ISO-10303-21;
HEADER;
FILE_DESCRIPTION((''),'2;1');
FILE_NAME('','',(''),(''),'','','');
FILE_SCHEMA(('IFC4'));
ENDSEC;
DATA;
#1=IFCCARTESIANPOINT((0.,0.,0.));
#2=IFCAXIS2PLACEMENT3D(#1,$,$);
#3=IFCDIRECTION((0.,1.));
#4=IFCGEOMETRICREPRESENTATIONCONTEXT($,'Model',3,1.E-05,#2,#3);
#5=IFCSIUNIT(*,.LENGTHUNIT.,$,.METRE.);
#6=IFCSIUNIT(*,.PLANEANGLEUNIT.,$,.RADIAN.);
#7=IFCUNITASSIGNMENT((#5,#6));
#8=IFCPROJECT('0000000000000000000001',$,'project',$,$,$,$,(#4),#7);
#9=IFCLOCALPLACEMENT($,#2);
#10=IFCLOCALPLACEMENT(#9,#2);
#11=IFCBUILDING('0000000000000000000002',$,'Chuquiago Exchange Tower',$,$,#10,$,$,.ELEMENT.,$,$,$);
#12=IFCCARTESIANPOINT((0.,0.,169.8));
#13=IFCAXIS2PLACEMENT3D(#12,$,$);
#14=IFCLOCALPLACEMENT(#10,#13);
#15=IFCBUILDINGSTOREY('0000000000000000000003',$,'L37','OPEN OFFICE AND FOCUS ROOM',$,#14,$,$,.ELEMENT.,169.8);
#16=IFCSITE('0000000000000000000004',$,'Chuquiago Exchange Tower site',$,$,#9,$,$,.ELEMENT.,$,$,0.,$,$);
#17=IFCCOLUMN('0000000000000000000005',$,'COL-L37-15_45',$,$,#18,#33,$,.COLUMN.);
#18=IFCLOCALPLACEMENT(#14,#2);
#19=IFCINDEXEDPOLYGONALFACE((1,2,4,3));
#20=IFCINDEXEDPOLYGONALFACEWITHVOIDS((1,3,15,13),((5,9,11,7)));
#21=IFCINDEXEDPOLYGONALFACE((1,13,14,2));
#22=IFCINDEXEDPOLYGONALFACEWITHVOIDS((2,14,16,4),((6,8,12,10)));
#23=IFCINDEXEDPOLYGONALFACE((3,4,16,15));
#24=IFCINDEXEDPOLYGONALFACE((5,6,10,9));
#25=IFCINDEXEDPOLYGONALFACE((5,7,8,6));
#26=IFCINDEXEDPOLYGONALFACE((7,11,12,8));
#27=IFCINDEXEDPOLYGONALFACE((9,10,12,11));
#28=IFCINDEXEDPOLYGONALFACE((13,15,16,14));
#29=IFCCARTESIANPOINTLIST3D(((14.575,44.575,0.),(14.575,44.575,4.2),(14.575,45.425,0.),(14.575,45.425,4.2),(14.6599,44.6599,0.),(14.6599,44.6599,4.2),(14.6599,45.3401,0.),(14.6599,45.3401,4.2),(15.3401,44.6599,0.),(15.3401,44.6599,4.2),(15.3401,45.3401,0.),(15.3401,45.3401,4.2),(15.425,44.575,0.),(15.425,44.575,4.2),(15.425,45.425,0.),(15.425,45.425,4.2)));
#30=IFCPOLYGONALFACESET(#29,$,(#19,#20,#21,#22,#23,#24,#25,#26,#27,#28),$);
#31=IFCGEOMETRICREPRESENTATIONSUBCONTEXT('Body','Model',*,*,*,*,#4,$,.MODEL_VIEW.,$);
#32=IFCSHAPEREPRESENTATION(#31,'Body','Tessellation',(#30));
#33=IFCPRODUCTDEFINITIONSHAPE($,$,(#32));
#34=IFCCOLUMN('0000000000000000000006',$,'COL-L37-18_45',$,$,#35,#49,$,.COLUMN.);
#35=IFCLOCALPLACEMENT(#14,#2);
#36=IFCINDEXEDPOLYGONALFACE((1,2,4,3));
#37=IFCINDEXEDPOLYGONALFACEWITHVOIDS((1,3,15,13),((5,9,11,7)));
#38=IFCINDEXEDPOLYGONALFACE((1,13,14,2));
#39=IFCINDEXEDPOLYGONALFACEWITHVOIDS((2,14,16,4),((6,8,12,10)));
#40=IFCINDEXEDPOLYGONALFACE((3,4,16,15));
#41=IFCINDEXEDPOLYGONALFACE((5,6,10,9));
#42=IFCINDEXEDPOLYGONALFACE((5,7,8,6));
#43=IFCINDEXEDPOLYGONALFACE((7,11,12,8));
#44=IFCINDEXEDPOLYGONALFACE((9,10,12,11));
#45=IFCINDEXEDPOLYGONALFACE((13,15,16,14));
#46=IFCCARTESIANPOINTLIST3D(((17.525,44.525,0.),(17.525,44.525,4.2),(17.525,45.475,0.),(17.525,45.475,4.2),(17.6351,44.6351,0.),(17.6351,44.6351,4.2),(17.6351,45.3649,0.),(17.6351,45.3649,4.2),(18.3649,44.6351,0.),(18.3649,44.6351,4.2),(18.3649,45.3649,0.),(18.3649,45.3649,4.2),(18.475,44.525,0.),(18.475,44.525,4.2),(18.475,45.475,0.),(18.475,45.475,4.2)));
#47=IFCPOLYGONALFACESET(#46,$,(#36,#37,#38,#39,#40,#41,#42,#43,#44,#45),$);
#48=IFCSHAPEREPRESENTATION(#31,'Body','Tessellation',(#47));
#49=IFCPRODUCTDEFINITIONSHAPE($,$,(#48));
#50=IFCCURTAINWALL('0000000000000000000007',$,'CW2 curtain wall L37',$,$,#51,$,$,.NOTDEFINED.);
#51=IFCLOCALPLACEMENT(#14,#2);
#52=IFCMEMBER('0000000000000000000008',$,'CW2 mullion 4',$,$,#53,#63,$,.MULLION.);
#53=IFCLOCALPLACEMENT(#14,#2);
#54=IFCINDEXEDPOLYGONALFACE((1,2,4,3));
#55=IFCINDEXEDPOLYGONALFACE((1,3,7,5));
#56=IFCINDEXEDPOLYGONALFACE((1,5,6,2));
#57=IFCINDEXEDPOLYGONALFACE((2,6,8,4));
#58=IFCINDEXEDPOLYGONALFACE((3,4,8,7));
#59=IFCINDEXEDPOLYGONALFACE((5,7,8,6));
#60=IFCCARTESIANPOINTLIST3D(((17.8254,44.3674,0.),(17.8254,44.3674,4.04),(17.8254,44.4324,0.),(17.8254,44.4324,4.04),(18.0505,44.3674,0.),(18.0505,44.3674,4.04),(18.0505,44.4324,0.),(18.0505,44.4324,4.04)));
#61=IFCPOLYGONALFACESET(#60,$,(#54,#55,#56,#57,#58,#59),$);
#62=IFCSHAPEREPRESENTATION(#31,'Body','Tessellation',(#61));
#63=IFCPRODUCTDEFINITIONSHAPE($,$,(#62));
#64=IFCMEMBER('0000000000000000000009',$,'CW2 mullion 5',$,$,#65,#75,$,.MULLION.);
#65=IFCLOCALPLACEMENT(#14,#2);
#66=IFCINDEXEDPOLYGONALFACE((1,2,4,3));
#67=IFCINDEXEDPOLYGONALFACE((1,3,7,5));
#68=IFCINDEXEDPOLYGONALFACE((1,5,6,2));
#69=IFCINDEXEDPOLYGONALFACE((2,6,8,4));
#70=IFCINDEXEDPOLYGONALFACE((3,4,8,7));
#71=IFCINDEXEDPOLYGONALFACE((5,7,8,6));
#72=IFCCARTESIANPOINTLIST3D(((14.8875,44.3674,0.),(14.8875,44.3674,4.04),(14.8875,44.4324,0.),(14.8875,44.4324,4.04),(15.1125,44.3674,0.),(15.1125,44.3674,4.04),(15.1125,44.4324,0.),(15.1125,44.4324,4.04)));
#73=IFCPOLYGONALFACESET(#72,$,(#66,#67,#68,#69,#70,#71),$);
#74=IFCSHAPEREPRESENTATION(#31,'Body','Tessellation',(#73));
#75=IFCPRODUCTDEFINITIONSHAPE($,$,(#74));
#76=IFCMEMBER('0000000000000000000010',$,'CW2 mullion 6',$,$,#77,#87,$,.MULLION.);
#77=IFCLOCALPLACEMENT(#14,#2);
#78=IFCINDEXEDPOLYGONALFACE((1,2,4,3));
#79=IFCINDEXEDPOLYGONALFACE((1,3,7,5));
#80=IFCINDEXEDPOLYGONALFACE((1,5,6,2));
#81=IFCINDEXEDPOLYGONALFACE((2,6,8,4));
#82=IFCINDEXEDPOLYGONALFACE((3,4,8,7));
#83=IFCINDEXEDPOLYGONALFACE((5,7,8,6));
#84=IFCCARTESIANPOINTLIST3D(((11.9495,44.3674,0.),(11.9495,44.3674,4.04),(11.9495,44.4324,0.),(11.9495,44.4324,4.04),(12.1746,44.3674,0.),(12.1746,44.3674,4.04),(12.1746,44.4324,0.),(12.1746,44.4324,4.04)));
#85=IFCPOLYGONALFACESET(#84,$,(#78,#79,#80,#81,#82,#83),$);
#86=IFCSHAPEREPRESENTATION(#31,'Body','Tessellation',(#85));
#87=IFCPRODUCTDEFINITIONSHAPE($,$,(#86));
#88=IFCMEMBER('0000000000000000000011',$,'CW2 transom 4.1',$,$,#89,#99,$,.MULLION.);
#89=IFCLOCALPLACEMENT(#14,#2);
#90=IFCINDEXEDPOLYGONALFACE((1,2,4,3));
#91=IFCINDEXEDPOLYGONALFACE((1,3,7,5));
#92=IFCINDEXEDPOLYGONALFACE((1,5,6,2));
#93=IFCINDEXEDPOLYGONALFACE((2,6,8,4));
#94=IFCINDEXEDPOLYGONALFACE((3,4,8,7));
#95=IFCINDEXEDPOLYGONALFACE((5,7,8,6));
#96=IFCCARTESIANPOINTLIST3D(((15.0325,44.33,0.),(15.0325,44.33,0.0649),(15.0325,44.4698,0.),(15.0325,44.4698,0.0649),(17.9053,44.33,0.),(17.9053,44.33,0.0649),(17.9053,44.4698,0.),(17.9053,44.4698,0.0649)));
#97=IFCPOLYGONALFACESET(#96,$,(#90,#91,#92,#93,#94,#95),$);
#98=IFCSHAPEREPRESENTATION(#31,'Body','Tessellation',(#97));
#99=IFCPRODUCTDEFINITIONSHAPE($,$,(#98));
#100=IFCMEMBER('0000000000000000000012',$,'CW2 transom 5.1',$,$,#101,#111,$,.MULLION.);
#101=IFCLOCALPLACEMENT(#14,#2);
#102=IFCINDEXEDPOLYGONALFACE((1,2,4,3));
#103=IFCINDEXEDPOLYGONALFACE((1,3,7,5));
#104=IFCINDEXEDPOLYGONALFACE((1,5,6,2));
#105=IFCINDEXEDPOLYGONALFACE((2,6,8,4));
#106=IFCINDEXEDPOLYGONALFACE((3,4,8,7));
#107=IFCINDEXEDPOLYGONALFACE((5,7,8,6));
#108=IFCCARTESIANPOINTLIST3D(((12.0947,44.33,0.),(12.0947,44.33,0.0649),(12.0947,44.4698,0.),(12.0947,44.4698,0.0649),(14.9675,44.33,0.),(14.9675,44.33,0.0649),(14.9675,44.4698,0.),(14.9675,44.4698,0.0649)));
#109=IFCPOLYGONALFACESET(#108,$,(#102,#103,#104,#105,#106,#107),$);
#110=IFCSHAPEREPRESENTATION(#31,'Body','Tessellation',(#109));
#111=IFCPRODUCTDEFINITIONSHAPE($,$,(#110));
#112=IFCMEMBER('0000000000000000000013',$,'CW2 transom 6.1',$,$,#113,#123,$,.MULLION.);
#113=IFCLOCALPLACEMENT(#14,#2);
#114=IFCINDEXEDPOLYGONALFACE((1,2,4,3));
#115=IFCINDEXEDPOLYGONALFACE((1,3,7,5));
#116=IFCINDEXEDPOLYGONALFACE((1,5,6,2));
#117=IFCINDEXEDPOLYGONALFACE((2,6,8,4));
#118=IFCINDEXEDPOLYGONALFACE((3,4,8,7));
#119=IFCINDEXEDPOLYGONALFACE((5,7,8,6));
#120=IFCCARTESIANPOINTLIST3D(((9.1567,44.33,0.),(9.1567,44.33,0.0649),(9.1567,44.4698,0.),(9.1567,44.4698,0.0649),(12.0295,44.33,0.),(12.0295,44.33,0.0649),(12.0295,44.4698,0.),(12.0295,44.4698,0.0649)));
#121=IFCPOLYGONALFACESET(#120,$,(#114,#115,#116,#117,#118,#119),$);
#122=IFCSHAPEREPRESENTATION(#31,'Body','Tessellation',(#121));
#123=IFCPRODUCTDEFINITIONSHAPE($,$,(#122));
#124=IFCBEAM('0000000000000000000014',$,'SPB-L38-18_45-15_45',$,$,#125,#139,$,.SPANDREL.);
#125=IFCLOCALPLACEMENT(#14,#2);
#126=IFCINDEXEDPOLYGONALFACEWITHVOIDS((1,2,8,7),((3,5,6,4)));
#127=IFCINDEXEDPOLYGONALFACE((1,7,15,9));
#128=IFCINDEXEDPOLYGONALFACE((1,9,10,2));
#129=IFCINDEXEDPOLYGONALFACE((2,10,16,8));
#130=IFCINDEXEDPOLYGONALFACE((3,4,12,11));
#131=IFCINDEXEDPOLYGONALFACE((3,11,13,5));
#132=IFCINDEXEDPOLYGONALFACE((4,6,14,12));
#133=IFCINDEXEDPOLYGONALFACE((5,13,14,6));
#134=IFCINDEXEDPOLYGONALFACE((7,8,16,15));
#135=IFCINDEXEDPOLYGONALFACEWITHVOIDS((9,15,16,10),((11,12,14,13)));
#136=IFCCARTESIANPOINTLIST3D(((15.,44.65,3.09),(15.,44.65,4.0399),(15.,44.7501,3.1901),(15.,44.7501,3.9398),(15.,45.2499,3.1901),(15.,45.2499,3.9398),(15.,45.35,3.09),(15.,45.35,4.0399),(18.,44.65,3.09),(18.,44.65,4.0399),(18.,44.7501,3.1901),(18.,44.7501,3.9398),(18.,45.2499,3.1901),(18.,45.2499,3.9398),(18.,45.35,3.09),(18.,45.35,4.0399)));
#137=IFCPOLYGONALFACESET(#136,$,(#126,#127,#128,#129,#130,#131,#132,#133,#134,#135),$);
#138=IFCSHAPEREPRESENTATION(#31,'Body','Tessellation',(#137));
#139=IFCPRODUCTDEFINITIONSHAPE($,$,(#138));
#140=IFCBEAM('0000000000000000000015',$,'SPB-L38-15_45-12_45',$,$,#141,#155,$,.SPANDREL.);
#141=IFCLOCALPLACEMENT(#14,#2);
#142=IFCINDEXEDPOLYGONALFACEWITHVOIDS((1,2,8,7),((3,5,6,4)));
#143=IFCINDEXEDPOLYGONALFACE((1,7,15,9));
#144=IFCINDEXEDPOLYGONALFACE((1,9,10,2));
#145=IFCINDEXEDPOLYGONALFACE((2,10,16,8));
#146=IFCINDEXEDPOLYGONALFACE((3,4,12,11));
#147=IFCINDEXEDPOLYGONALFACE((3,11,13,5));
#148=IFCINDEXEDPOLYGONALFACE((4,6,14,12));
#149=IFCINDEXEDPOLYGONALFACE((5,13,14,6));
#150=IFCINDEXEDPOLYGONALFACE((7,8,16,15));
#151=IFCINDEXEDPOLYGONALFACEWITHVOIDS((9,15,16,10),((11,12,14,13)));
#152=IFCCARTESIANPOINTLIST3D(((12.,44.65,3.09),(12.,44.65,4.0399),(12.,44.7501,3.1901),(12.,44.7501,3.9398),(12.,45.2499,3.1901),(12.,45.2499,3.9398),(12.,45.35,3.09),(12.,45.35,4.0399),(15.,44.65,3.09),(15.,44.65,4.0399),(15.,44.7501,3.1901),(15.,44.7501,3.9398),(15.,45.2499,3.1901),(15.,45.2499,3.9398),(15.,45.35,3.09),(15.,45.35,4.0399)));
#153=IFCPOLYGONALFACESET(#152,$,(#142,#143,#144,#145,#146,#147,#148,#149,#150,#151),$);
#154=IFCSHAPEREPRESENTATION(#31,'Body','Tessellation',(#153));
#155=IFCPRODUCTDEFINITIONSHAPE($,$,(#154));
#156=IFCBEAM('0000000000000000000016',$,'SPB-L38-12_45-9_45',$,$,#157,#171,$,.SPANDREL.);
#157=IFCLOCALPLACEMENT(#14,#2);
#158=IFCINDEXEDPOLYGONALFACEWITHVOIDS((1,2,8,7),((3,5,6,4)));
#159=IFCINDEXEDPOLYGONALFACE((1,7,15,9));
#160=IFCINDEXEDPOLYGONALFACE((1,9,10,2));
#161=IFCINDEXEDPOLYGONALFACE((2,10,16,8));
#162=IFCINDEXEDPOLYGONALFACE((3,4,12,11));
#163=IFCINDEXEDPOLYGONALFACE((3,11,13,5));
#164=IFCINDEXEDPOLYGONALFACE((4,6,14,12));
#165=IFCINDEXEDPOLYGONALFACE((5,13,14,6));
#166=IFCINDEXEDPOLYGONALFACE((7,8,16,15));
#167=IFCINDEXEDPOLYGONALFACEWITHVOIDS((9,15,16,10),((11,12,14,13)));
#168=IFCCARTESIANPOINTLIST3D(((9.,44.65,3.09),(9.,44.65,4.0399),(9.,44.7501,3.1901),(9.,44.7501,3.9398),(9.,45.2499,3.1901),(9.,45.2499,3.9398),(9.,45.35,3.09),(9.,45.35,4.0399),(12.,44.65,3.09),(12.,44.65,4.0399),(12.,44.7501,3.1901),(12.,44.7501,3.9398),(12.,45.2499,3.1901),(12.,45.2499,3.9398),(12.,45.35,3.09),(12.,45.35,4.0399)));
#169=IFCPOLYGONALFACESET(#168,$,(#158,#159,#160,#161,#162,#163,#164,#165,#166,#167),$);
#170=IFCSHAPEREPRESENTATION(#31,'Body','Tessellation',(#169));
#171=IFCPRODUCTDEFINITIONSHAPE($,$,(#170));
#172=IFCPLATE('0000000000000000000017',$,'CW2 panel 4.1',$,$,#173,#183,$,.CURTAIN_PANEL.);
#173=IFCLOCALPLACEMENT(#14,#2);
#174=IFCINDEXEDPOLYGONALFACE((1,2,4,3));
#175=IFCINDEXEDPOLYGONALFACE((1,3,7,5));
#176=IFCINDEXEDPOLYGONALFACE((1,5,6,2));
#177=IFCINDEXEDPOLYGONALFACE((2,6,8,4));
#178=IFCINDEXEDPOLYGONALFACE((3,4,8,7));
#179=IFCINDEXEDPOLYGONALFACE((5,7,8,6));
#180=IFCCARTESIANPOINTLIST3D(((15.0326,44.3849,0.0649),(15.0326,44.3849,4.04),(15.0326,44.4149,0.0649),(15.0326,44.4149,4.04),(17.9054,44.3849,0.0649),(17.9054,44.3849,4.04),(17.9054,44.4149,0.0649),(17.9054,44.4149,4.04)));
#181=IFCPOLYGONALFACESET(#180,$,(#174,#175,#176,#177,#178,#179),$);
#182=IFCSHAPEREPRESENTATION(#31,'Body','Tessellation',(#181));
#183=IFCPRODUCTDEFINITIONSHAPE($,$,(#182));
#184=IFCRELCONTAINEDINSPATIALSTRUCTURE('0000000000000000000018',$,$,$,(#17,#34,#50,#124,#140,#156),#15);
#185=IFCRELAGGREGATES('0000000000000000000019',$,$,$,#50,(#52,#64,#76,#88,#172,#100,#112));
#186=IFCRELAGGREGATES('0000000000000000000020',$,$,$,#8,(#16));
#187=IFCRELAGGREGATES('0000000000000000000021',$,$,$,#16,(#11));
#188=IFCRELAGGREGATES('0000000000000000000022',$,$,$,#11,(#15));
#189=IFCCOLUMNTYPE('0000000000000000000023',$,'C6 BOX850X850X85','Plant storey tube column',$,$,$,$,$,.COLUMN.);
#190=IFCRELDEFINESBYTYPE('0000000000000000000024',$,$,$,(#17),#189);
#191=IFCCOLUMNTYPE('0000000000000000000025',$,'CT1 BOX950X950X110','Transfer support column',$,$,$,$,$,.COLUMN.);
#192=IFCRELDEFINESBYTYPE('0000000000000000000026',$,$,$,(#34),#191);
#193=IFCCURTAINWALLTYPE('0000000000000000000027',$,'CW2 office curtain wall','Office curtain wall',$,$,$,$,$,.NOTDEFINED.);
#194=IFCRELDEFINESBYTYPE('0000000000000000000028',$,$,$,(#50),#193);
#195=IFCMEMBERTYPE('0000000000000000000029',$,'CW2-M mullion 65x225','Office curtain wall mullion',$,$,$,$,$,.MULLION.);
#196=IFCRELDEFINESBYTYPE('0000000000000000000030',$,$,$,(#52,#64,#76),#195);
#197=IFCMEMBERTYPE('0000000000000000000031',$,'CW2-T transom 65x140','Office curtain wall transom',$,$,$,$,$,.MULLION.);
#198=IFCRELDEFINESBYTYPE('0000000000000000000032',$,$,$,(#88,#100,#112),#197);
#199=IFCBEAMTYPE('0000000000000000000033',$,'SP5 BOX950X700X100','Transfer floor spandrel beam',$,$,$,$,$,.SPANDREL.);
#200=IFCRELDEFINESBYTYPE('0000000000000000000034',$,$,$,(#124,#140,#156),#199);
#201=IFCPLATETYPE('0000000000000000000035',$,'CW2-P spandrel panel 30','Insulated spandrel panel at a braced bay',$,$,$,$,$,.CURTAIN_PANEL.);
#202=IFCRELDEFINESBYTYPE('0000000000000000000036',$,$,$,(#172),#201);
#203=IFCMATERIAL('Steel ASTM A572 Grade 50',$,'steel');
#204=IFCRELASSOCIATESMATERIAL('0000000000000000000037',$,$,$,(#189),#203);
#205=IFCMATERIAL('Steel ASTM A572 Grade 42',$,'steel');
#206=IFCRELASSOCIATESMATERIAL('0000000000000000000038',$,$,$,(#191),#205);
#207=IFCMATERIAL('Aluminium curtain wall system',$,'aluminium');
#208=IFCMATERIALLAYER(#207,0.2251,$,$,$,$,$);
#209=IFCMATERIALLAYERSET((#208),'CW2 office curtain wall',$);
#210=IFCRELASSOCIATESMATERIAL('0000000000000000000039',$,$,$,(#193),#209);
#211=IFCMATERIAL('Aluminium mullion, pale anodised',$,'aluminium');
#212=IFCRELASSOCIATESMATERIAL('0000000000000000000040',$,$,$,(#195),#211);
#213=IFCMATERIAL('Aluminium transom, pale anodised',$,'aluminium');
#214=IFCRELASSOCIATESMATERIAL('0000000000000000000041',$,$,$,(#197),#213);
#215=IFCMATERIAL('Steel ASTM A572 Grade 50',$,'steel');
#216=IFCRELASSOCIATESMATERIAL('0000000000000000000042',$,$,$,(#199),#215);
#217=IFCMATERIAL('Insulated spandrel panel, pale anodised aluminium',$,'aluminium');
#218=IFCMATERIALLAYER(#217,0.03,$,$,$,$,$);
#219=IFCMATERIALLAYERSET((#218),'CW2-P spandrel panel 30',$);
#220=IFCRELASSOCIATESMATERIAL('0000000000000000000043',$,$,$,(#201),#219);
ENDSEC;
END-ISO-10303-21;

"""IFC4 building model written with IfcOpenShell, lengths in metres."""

from ifc_helpers import new_model, si_unit, direction, frame, origin, origin_2d, place, context, subcontext, project, spatial, rectangle, hollow_rectangle, extrude, material, layer, layer_set, material_profile, profile_set, type_object, element, aggregate, save


model = new_model("IFC4")

# Units and contexts
model_context = context("Model", 3, precision=1e-05, world=origin(), true_north=direction((0.0, 1.0)))
body_context = subcontext(model_context, "Body", "Model", "MODEL_VIEW")
ifc_project = project(units=[si_unit("LENGTHUNIT", "METRE"), si_unit("PLANEANGLEUNIT", "RADIAN")], contexts=[model_context])

# Site, building, storey
site_placement = place(None, origin())
site = spatial("IfcSite", under=ifc_project, at=site_placement, Name="Chuquiago Exchange Tower site", CompositionType="ELEMENT", RefElevation=0.0)
building_placement = place(site_placement, origin())
building = spatial("IfcBuilding", under=site, at=building_placement, Name="Chuquiago Exchange Tower", CompositionType="ELEMENT")
storey_placement = place(building_placement, frame((0.0, 0.0, 169.8)))
storey = spatial("IfcBuildingStorey", under=building, at=storey_placement, Name="L37", Description="OPEN OFFICE AND FOCUS ROOM", CompositionType="ELEMENT", Elevation=169.8)

# Columns
ifc_material_1 = material(Name="Steel ASTM A572 Grade 50", Category="steel")
ifc_material_profile_1 = material_profile(ifc_material_1, hollow_rectangle(XDim=0.8501, YDim=0.8501, WallThickness=0.085, at=origin_2d()), Name="BOX850X850X85")
ifc_profile_set_1 = profile_set([ifc_material_profile_1], Name="Steel ASTM A572 Grade 50")
column_type_1 = type_object("IfcColumnType", Name="C6 BOX850X850X85", Description="Plant storey tube column", PredefinedType="COLUMN", material=ifc_profile_set_1)
column_1_placement = place(storey_placement, frame((15.0, 45.0, 0.0), z_axis=(0.0, 0.0, 1.0), x_axis=(0.0, 1.0, 0.0)))
element("IfcColumn", 1, at=column_1_placement, inside=storey, type_object=column_type_1, Name="COL-L37-15_45", PredefinedType="COLUMN", context=body_context, shape_type="SweptSolid", body=[
    extrude(hollow_rectangle(XDim=0.8501, YDim=0.8501, WallThickness=0.085, at=origin_2d()), origin(), (0.0, 0.0, 1.0), 4.2),
])
ifc_material_2 = material(Name="Steel ASTM A572 Grade 42", Category="steel")
ifc_material_profile_2 = material_profile(ifc_material_2, hollow_rectangle(XDim=0.95, YDim=0.95, WallThickness=0.1101, at=origin_2d()), Name="BOX950X950X110")
ifc_profile_set_2 = profile_set([ifc_material_profile_2], Name="Steel ASTM A572 Grade 42")
column_type_2 = type_object("IfcColumnType", Name="CT1 BOX950X950X110", Description="Transfer support column", PredefinedType="COLUMN", material=ifc_profile_set_2)
column_2_placement = place(storey_placement, frame((18.0, 45.0, 0.0), z_axis=(0.0, 0.0, 1.0), x_axis=(0.0, 1.0, 0.0)))
element("IfcColumn", 2, at=column_2_placement, inside=storey, type_object=column_type_2, Name="COL-L37-18_45", PredefinedType="COLUMN", context=body_context, shape_type="SweptSolid", body=[
    extrude(hollow_rectangle(XDim=0.95, YDim=0.95, WallThickness=0.1101, at=origin_2d()), origin(), (0.0, 0.0, 1.0), 4.2),
])

# Curtain wall, members
ifc_material_3 = material(Name="Aluminium curtain wall system", Category="aluminium")
ifc_layer_1 = layer(ifc_material_3, 0.2251)
ifc_layer_set_1 = layer_set([ifc_layer_1], Name="CW2 office curtain wall")
curtain_wall_type = type_object("IfcCurtainWallType", Name="CW2 office curtain wall", Description="Office curtain wall", PredefinedType="NOTDEFINED", material=ifc_layer_set_1)
curtain_wall_placement = place(storey_placement, origin())
curtain_wall = element("IfcCurtainWall", 3, at=curtain_wall_placement, inside=storey, type_object=curtain_wall_type, Name="CW2 curtain wall L37", PredefinedType="NOTDEFINED")
ifc_material_4 = material(Name="Aluminium mullion, pale anodised", Category="aluminium")
ifc_material_profile_3 = material_profile(ifc_material_4, rectangle(XDim=0.0649, YDim=0.2251, at=origin_2d()), Name="AL 65x225")
ifc_profile_set_3 = profile_set([ifc_material_profile_3], Name="Aluminium mullion, pale anodised")
member_type_1 = type_object("IfcMemberType", Name="CW2-M mullion 65x225", Description="Office curtain wall mullion", PredefinedType="MULLION", material=ifc_profile_set_3)
member_1_placement = place(storey_placement, frame((17.938, 44.3999, 0.0), z_axis=(0.0, 0.0, 1.0), x_axis=(0.0, -1.0, 0.0)))
member_1 = element("IfcMember", 4, at=member_1_placement, type_object=member_type_1, Name="CW2 mullion 4", PredefinedType="MULLION", context=body_context, shape_type="SweptSolid", body=[
    extrude(rectangle(XDim=0.0649, YDim=0.2251, at=origin_2d()), origin(), (0.0, 0.0, 1.0), 4.04),
])
member_2_placement = place(storey_placement, frame((15.0, 44.3999, 0.0), z_axis=(0.0, 0.0, 1.0), x_axis=(0.0, -1.0, 0.0)))
member_2 = element("IfcMember", 5, at=member_2_placement, type_object=member_type_1, Name="CW2 mullion 5", PredefinedType="MULLION", context=body_context, shape_type="SweptSolid", body=[
    extrude(rectangle(XDim=0.0649, YDim=0.2251, at=origin_2d()), origin(), (0.0, 0.0, 1.0), 4.04),
])
member_3_placement = place(storey_placement, frame((12.062, 44.3999, 0.0), z_axis=(0.0, 0.0, 1.0), x_axis=(0.0, -1.0, 0.0)))
member_3 = element("IfcMember", 6, at=member_3_placement, type_object=member_type_1, Name="CW2 mullion 6", PredefinedType="MULLION", context=body_context, shape_type="SweptSolid", body=[
    extrude(rectangle(XDim=0.0649, YDim=0.2251, at=origin_2d()), origin(), (0.0, 0.0, 1.0), 4.04),
])
ifc_material_5 = material(Name="Aluminium transom, pale anodised", Category="aluminium")
ifc_material_profile_4 = material_profile(ifc_material_5, rectangle(XDim=0.1399, YDim=0.0649, at=origin_2d()), Name="AL 140x65")
ifc_profile_set_4 = profile_set([ifc_material_profile_4], Name="Aluminium transom, pale anodised")
member_type_2 = type_object("IfcMemberType", Name="CW2-T transom 65x140", Description="Office curtain wall transom", PredefinedType="MULLION", material=ifc_profile_set_4)
member_4_placement = place(storey_placement, frame((17.9053, 44.3999, 0.0325), z_axis=(-1.0, 0.0, 0.0), x_axis=(0.0, -1.0, 0.0)))
member_4 = element("IfcMember", 7, at=member_4_placement, type_object=member_type_2, Name="CW2 transom 4.1", PredefinedType="MULLION", context=body_context, shape_type="SweptSolid", body=[
    extrude(rectangle(XDim=0.1399, YDim=0.0649, at=origin_2d()), origin(), (0.0, 0.0, 1.0), 2.8728),
])
member_5_placement = place(storey_placement, frame((14.9675, 44.3999, 0.0325), z_axis=(-1.0, 0.0, 0.0), x_axis=(0.0, -1.0, 0.0)))
member_5 = element("IfcMember", 8, at=member_5_placement, type_object=member_type_2, Name="CW2 transom 5.1", PredefinedType="MULLION", context=body_context, shape_type="SweptSolid", body=[
    extrude(rectangle(XDim=0.1399, YDim=0.0649, at=origin_2d()), origin(), (0.0, 0.0, 1.0), 2.8728),
])
member_6_placement = place(storey_placement, frame((12.0295, 44.3999, 0.0325), z_axis=(-1.0, 0.0, 0.0), x_axis=(0.0, -1.0, 0.0)))
member_6 = element("IfcMember", 9, at=member_6_placement, type_object=member_type_2, Name="CW2 transom 6.1", PredefinedType="MULLION", context=body_context, shape_type="SweptSolid", body=[
    extrude(rectangle(XDim=0.1399, YDim=0.0649, at=origin_2d()), origin(), (0.0, 0.0, 1.0), 2.8728),
])

# Beams
ifc_material_6 = material(Name="Steel ASTM A572 Grade 50", Category="steel")
ifc_material_profile_5 = material_profile(ifc_material_6, hollow_rectangle(XDim=0.7, YDim=0.95, WallThickness=0.1001, at=origin_2d()), Name="BOX950X700X100")
ifc_profile_set_5 = profile_set([ifc_material_profile_5], Name="Steel ASTM A572 Grade 50")
beam_type = type_object("IfcBeamType", Name="SP5 BOX950X700X100", Description="Transfer floor spandrel beam", PredefinedType="SPANDREL", material=ifc_profile_set_5)
for number, where, z_axis, x_axis, name in (
    (10, (18.0, 45.0, 3.5649), (-1.0, 0.0, 0.0), (0.0, -1.0, 0.0), "SPB-L38-18_45-15_45"),
    (11, (15.0, 45.0, 3.5649), (-1.0, 0.0, 0.0), (0.0, -1.0, 0.0), "SPB-L38-15_45-12_45"),
    (12, (12.0, 45.0, 3.5649), (-1.0, 0.0, 0.0), (0.0, -1.0, 0.0), "SPB-L38-12_45-9_45"),
):
    element("IfcBeam", number, at=place(storey_placement, frame(where, z_axis=z_axis, x_axis=x_axis)), inside=storey, type_object=beam_type, Name=name, PredefinedType="SPANDREL", context=body_context, shape_type="SweptSolid", body=[
        extrude(hollow_rectangle(XDim=0.7, YDim=0.95, WallThickness=0.1001, at=origin_2d()), origin(), (0.0, 0.0, 1.0), 3.0),
    ])

# Plate
ifc_material_7 = material(Name="Insulated spandrel panel, pale anodised aluminium", Category="aluminium")
ifc_layer_2 = layer(ifc_material_7, 0.03)
ifc_layer_set_2 = layer_set([ifc_layer_2], Name="CW2-P spandrel panel 30")
plate_type = type_object("IfcPlateType", Name="CW2-P spandrel panel 30", Description="Insulated spandrel panel at a braced bay", PredefinedType="CURTAIN_PANEL", material=ifc_layer_set_2)
plate_1_placement = place(storey_placement, frame((16.469, 44.3999, 0.0649), z_axis=(0.0, 0.0, 1.0), x_axis=(-1.0, 0.0, 0.0)))
plate_1 = element("IfcPlate", 13, at=plate_1_placement, type_object=plate_type, Name="CW2 panel 4.1", PredefinedType="CURTAIN_PANEL", context=body_context, shape_type="SweptSolid", body=[
    extrude(rectangle(XDim=2.8728, YDim=0.03, at=origin_2d()), origin(), (0.0, 0.0, 1.0), 3.9751),
])
aggregate(curtain_wall, [member_1, member_2, member_3, member_4, plate_1, member_5, member_6])

save(model, "model.ifc")
